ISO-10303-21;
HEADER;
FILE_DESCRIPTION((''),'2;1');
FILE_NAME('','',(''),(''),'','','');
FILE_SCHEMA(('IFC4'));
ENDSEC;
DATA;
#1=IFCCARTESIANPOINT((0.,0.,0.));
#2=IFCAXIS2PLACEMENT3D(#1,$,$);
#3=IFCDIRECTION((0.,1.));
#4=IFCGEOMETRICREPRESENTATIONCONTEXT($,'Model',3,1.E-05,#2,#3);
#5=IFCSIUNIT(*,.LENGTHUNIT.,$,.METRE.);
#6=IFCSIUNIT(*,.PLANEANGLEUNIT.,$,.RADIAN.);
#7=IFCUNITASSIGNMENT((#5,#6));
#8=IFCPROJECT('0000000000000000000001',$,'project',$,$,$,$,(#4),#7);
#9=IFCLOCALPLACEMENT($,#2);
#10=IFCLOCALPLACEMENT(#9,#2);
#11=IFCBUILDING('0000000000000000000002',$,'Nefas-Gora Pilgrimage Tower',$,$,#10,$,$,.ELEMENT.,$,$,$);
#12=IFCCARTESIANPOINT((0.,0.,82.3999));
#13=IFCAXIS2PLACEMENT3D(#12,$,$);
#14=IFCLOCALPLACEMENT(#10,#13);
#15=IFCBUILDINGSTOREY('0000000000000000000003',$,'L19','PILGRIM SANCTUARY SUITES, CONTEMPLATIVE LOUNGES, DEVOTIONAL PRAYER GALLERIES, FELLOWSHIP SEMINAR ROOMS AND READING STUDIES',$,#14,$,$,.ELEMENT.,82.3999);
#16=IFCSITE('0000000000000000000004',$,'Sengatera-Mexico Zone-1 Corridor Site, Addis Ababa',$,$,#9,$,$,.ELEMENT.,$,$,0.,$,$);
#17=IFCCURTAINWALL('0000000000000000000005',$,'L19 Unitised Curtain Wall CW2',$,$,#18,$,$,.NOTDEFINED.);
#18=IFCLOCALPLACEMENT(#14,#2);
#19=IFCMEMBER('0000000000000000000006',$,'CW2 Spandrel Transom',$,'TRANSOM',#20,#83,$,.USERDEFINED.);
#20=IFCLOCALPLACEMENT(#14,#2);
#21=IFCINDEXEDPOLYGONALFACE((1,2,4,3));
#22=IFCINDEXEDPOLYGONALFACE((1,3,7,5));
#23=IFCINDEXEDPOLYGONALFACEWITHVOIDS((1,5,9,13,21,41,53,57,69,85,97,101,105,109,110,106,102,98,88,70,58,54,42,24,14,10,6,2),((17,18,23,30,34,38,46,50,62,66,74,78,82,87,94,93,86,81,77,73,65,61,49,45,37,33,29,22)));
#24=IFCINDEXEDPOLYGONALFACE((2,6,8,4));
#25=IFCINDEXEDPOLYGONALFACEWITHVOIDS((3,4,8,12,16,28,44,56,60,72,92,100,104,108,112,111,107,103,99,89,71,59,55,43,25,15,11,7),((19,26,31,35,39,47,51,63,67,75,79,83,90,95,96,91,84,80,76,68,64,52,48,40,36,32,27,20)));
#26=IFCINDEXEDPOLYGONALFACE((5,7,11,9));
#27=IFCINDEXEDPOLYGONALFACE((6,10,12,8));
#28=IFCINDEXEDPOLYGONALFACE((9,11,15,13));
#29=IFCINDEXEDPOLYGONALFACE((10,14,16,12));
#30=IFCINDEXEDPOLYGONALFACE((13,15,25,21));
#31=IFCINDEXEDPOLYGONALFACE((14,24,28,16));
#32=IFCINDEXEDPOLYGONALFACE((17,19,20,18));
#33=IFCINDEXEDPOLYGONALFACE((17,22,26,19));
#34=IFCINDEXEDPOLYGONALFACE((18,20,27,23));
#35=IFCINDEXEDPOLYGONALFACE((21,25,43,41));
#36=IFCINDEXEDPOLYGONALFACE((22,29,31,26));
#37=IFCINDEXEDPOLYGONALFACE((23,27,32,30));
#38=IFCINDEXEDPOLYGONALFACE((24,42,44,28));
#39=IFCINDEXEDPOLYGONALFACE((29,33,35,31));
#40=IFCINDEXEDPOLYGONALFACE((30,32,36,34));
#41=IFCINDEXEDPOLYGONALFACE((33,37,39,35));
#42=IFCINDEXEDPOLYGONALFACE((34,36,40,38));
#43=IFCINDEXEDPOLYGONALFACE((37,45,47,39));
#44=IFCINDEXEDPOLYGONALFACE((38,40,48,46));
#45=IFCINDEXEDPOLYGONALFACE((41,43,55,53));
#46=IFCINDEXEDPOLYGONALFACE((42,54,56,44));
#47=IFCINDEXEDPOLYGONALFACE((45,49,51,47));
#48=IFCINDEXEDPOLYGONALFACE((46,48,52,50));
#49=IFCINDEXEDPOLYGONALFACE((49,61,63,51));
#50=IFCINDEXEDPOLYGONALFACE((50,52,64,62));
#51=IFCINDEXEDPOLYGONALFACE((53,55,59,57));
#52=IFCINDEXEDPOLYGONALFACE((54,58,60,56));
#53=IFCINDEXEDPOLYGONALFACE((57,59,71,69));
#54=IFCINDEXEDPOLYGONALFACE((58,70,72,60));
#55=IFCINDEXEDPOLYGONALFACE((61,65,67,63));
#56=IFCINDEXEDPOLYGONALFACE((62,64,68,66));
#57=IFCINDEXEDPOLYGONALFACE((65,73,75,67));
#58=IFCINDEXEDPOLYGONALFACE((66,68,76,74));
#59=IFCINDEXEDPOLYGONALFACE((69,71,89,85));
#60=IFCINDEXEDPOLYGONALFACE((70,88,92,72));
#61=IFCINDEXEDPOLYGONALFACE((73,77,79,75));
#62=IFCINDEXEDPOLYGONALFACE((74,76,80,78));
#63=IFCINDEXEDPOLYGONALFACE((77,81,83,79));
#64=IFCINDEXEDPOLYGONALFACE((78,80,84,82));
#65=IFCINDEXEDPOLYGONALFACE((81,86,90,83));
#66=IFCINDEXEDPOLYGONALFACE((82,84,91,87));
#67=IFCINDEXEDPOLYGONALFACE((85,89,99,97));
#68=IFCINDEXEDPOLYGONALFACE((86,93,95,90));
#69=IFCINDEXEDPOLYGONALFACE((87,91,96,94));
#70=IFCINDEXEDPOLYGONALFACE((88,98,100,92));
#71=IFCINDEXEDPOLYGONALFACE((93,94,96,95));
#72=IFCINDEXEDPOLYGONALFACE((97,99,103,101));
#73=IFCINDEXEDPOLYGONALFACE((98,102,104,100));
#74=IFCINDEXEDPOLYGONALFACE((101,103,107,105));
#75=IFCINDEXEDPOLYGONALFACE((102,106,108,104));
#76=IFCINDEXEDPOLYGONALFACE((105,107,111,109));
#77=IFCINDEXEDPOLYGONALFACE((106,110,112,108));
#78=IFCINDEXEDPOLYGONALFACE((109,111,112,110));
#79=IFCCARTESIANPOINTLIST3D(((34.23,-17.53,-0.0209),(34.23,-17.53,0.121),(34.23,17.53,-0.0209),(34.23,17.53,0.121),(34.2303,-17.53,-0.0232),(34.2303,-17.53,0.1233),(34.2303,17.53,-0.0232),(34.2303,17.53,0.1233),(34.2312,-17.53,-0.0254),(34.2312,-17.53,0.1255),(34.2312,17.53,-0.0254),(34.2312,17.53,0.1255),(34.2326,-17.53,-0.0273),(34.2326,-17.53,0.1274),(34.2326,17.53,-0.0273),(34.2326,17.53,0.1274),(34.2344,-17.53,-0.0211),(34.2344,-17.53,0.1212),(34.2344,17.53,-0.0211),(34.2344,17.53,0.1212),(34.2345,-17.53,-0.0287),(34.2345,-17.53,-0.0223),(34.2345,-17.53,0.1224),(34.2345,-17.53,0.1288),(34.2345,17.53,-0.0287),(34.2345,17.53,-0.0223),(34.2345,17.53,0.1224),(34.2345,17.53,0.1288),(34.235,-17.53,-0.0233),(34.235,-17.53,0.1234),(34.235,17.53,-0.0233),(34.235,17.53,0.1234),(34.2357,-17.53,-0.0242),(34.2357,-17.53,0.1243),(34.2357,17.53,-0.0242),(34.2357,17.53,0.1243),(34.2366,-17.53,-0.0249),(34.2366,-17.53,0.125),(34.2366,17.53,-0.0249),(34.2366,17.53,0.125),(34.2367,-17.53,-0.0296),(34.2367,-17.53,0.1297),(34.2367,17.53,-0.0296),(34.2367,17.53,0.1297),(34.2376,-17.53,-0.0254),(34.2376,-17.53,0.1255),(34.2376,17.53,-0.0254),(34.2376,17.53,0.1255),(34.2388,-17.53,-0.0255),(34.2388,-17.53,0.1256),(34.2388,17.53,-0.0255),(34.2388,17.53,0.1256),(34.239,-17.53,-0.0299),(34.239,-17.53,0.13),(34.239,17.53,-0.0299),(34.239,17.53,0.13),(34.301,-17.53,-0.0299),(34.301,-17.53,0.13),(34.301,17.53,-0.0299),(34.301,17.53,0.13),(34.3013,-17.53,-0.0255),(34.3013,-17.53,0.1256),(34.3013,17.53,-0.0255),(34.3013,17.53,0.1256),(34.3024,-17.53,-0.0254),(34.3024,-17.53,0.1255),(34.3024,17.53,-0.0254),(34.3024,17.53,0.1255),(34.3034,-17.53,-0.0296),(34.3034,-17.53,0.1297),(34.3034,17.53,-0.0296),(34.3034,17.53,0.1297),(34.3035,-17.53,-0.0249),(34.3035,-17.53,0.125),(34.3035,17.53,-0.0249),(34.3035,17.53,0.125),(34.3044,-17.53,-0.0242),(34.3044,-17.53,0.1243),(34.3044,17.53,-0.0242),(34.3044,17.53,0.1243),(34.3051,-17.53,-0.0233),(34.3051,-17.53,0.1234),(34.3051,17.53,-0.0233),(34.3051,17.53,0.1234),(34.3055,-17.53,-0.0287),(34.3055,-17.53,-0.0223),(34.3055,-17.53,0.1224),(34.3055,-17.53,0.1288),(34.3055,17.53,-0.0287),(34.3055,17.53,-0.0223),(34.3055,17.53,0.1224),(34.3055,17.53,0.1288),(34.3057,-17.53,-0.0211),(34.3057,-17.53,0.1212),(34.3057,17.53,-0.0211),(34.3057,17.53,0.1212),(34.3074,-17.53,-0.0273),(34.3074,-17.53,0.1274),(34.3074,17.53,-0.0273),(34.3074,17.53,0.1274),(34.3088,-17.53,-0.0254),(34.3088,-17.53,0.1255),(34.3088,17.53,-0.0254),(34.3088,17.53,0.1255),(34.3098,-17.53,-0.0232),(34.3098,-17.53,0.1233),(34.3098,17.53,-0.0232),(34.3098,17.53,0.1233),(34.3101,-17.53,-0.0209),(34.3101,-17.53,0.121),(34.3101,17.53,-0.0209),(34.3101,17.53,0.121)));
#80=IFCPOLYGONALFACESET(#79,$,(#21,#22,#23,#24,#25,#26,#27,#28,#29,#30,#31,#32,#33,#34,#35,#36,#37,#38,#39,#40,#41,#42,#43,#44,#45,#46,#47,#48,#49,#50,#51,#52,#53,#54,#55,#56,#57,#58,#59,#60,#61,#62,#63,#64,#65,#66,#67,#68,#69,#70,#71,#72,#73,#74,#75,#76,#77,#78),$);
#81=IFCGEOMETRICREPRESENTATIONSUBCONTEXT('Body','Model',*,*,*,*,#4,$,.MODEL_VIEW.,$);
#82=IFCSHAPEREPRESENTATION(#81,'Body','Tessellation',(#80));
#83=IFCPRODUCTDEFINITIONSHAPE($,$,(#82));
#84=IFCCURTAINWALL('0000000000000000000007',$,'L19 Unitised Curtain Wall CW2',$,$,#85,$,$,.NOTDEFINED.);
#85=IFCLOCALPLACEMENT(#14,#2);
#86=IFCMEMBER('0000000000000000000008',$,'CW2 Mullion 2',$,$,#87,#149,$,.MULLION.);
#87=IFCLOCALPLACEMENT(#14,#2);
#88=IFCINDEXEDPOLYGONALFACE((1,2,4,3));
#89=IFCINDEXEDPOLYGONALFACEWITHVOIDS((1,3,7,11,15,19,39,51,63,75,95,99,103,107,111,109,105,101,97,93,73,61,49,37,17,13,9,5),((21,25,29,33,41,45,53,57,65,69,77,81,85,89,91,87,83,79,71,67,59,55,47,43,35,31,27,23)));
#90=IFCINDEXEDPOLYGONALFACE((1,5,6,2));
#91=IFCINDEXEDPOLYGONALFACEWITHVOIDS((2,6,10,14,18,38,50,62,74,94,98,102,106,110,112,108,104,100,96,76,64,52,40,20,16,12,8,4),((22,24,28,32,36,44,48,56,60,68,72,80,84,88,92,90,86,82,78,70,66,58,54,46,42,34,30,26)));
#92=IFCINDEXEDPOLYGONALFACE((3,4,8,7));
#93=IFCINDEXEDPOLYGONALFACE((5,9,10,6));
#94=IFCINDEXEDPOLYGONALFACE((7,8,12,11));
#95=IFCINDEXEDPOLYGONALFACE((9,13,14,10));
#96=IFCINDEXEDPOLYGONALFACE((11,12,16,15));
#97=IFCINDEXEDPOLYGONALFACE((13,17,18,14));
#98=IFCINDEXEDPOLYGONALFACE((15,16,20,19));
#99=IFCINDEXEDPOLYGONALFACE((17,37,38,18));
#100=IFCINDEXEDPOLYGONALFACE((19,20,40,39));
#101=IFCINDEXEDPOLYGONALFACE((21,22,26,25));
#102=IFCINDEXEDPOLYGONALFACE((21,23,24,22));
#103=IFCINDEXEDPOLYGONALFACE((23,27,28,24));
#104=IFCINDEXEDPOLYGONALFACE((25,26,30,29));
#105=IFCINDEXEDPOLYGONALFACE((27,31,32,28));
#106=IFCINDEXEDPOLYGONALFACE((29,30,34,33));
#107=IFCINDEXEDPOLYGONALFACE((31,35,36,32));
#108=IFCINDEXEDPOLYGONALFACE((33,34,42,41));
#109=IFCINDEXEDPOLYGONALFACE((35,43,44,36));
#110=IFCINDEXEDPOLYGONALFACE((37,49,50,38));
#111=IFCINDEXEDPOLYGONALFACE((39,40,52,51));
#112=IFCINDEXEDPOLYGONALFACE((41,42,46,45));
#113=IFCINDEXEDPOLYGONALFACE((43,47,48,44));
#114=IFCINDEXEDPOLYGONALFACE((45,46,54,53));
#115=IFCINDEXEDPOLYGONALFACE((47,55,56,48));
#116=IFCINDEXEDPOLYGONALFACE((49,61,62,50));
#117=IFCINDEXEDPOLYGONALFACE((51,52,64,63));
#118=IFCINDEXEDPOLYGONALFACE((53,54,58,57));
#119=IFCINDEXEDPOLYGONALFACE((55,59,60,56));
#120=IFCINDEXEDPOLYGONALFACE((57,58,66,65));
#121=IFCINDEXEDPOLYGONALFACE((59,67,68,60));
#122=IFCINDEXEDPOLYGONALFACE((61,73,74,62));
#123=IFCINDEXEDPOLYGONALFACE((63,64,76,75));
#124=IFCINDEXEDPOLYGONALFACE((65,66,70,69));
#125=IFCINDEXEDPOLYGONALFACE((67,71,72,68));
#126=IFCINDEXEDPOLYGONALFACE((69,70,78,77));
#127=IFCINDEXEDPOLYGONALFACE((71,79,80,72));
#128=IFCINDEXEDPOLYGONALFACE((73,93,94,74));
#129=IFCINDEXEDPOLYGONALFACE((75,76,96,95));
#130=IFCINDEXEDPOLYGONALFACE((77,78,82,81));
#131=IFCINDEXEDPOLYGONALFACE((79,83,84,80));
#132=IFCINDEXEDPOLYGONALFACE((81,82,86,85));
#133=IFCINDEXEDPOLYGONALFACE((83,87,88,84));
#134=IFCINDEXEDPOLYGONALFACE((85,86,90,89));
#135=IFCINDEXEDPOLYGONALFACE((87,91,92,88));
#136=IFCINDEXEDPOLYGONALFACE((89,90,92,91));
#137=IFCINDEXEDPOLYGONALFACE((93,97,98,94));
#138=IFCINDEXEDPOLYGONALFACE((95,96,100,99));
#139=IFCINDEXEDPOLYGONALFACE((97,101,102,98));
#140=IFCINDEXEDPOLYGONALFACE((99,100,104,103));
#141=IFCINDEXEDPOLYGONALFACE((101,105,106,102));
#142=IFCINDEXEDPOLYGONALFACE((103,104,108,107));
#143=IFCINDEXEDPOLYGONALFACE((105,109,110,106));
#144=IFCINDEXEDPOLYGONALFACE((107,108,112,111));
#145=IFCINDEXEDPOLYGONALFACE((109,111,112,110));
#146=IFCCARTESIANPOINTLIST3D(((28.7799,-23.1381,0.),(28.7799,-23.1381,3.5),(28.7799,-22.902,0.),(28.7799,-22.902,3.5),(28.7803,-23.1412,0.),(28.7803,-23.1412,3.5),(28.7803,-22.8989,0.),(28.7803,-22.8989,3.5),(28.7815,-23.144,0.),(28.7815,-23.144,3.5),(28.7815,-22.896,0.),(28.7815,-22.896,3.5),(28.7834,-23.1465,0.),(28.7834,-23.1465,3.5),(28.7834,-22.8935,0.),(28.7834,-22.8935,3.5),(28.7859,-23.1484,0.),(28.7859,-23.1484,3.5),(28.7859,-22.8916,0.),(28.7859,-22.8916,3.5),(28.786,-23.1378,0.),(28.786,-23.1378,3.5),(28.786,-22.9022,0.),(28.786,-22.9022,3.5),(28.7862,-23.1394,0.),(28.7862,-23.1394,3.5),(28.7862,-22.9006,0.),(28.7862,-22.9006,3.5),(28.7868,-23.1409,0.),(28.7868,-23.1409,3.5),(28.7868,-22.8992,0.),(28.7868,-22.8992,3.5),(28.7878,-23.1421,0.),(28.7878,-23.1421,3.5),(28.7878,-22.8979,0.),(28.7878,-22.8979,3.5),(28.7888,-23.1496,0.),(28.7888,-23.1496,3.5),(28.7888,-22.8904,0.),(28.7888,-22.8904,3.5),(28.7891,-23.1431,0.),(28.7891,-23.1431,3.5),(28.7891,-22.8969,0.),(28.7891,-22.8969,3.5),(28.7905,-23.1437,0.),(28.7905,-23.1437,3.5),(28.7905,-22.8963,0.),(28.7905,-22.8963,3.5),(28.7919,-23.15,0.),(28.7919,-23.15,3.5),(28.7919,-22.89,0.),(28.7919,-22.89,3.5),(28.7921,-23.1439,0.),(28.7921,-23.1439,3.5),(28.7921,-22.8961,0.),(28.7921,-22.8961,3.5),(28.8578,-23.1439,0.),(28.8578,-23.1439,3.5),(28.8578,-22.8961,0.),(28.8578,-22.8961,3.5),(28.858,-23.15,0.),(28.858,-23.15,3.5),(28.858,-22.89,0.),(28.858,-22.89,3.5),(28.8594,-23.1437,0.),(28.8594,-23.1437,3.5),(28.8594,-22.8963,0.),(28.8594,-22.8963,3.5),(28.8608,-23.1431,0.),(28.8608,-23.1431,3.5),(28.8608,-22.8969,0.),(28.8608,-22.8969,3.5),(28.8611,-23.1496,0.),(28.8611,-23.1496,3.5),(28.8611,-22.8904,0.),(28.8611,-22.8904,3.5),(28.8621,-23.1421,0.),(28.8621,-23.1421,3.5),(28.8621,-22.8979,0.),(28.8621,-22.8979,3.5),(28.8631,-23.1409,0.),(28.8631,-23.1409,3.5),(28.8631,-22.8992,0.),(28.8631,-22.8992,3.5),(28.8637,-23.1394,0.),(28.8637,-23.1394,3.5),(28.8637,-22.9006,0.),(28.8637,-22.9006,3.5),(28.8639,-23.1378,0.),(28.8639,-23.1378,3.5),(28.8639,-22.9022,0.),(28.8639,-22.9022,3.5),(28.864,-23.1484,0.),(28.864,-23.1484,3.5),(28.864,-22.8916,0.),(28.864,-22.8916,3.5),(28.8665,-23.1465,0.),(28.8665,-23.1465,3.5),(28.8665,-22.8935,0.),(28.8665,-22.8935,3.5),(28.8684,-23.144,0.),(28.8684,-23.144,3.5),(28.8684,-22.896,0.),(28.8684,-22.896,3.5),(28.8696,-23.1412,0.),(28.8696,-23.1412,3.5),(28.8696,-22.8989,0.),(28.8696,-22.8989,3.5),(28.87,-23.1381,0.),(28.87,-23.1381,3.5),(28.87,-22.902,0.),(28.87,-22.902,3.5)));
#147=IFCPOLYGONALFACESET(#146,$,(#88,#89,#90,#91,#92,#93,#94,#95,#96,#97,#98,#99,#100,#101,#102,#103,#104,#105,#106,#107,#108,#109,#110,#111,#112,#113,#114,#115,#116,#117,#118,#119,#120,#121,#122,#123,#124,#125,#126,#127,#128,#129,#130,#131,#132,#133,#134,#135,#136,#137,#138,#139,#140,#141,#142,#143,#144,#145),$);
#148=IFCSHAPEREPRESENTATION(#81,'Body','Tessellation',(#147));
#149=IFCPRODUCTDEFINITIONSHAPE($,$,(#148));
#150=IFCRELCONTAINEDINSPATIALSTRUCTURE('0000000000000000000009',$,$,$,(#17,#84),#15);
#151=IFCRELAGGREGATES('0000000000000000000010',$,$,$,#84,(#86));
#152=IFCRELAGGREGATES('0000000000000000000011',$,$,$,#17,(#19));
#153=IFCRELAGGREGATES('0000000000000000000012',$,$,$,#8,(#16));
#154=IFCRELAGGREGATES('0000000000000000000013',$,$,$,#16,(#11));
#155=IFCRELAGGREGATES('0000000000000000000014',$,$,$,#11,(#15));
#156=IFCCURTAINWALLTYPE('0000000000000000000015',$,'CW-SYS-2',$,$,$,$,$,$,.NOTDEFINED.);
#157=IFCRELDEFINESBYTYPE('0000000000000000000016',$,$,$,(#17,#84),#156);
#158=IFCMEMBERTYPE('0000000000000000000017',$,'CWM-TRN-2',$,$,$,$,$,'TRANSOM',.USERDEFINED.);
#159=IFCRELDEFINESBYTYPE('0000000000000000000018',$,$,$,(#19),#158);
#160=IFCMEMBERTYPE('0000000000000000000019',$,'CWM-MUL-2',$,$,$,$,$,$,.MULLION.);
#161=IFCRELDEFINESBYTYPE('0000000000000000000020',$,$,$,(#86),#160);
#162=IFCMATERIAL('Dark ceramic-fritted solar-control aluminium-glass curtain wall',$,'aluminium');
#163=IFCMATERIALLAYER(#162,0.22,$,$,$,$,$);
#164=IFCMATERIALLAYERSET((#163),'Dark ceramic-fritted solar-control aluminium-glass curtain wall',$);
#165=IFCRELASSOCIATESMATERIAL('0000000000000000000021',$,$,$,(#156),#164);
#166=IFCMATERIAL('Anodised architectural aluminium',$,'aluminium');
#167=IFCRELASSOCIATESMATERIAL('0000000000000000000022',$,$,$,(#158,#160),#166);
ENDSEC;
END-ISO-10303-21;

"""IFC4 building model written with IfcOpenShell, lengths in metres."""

from ifc_helpers import new_model, si_unit, direction, frame, origin, origin_2d, place, context, subcontext, project, spatial, hollow_rectangle, extrude, source, transform, mapped, material, layer, layer_set, material_profile, profile_set, type_object, element, aggregate, save


model = new_model("IFC4")

# Units and contexts
model_context = context("Model", 3, precision=1e-05, world=origin(), true_north=direction((0.0, 1.0)))
body_context = subcontext(model_context, "Body", "Model", "MODEL_VIEW")
ifc_project = project(units=[si_unit("LENGTHUNIT", "METRE"), si_unit("PLANEANGLEUNIT", "RADIAN")], contexts=[model_context])

# Site, building, storey
site_placement = place(None, origin())
site = spatial("IfcSite", under=ifc_project, at=site_placement, Name="Sengatera-Mexico Zone-1 Corridor Site, Addis Ababa", CompositionType="ELEMENT", RefElevation=0.0)
building_placement = place(site_placement, origin())
building = spatial("IfcBuilding", under=site, at=building_placement, Name="Nefas-Gora Pilgrimage Tower", CompositionType="ELEMENT")
storey_placement = place(building_placement, frame((0.0, 0.0, 82.3999)))
storey = spatial("IfcBuildingStorey", under=building, at=storey_placement, Name="L19", Description="PILGRIM SANCTUARY SUITES, CONTEMPLATIVE LOUNGES, DEVOTIONAL PRAYER GALLERIES, FELLOWSHIP SEMINAR ROOMS AND READING STUDIES", CompositionType="ELEMENT", Elevation=82.3999)

# Curtain walls, members
ifc_material_1 = material(Name="Dark ceramic-fritted solar-control aluminium-glass curtain wall", Category="aluminium")
ifc_layer_1 = layer(ifc_material_1, 0.22)
ifc_layer_set_1 = layer_set([ifc_layer_1], Name="Dark ceramic-fritted solar-control aluminium-glass curtain wall")
curtain_wall_type = type_object("IfcCurtainWallType", Name="CW-SYS-2", PredefinedType="NOTDEFINED", material=ifc_layer_set_1)
curtain_wall_1_placement = place(storey_placement, origin())
curtain_wall_1 = element("IfcCurtainWall", 1, at=curtain_wall_1_placement, inside=storey, type_object=curtain_wall_type, Name="L19 Unitised Curtain Wall CW2", PredefinedType="NOTDEFINED")
ifc_material_2 = material(Name="Anodised architectural aluminium", Category="aluminium")
ifc_material_profile_1 = material_profile(ifc_material_2, hollow_rectangle(XDim=0.0801, YDim=0.1599, WallThickness=0.0044, InnerFilletRadius=0.0044, OuterFilletRadius=0.009, at=origin_2d()), Name="ALU TRANSOM 80x160")
ifc_profile_set_1 = profile_set([ifc_material_profile_1], Name="Anodised architectural aluminium")
member_type_1 = type_object("IfcMemberType", Name="CWM-TRN-2", ElementType="TRANSOM", PredefinedType="USERDEFINED", material=ifc_profile_set_1)
shared_shape_1 = source(origin(), body_context, "Body", "SweptSolid", [
    extrude(hollow_rectangle(XDim=0.0801, YDim=0.1599, WallThickness=0.0044, InnerFilletRadius=0.0044, OuterFilletRadius=0.009, at=origin_2d()), origin(), (0.0, 0.0, 1.0), 35.0601),
])
member_1_placement = place(storey_placement, frame((34.27, -17.53, 0.05), z_axis=(0.0, 1.0, 0.0), x_axis=(-1.0, 0.0, 0.0)))
member_1 = element("IfcMember", 2, at=member_1_placement, type_object=member_type_1, Name="CW2 Spandrel Transom", ObjectType="TRANSOM", PredefinedType="USERDEFINED", context=body_context, shape_type="MappedRepresentation", body=[
    mapped(shared_shape_1, transform((0.0, 0.0, 0.0), x_axis=(1.0, 0.0, 0.0), y_axis=(0.0, 1.0, 0.0), z_axis=(0.0, 0.0, 1.0), scale=1.0)),
])
curtain_wall_2_placement = place(storey_placement, origin())
curtain_wall_2 = element("IfcCurtainWall", 3, at=curtain_wall_2_placement, inside=storey, type_object=curtain_wall_type, Name="L19 Unitised Curtain Wall CW2", PredefinedType="NOTDEFINED")
ifc_material_profile_2 = material_profile(ifc_material_2, hollow_rectangle(XDim=0.0901, YDim=0.26, WallThickness=0.0061, InnerFilletRadius=0.0061, OuterFilletRadius=0.012, at=origin_2d()), Name="ALU MULLION 90x260")
ifc_profile_set_2 = profile_set([ifc_material_profile_2], Name="Anodised architectural aluminium")
member_type_2 = type_object("IfcMemberType", Name="CWM-MUL-2", PredefinedType="MULLION", material=ifc_profile_set_2)
shared_shape_2 = source(origin(), body_context, "Body", "SweptSolid", [
    extrude(hollow_rectangle(XDim=0.0901, YDim=0.26, WallThickness=0.0061, InnerFilletRadius=0.0061, OuterFilletRadius=0.012, at=origin_2d()), origin(), (0.0, 0.0, 1.0), 3.5),
])
member_2_placement = place(storey_placement, frame((28.825, -23.02, 0.0), z_axis=(0.0, 0.0, 1.0), x_axis=(1.0, 0.0, 0.0)))
member_2 = element("IfcMember", 4, at=member_2_placement, type_object=member_type_2, Name="CW2 Mullion 2", PredefinedType="MULLION", context=body_context, shape_type="MappedRepresentation", body=[
    mapped(shared_shape_2, transform((0.0, 0.0, 0.0), x_axis=(1.0, 0.0, 0.0), y_axis=(0.0, 1.0, 0.0), z_axis=(0.0, 0.0, 1.0), scale=1.0)),
])
aggregate(curtain_wall_2, [member_2])

aggregate(curtain_wall_1, [member_1])

save(model, "model.ifc")
